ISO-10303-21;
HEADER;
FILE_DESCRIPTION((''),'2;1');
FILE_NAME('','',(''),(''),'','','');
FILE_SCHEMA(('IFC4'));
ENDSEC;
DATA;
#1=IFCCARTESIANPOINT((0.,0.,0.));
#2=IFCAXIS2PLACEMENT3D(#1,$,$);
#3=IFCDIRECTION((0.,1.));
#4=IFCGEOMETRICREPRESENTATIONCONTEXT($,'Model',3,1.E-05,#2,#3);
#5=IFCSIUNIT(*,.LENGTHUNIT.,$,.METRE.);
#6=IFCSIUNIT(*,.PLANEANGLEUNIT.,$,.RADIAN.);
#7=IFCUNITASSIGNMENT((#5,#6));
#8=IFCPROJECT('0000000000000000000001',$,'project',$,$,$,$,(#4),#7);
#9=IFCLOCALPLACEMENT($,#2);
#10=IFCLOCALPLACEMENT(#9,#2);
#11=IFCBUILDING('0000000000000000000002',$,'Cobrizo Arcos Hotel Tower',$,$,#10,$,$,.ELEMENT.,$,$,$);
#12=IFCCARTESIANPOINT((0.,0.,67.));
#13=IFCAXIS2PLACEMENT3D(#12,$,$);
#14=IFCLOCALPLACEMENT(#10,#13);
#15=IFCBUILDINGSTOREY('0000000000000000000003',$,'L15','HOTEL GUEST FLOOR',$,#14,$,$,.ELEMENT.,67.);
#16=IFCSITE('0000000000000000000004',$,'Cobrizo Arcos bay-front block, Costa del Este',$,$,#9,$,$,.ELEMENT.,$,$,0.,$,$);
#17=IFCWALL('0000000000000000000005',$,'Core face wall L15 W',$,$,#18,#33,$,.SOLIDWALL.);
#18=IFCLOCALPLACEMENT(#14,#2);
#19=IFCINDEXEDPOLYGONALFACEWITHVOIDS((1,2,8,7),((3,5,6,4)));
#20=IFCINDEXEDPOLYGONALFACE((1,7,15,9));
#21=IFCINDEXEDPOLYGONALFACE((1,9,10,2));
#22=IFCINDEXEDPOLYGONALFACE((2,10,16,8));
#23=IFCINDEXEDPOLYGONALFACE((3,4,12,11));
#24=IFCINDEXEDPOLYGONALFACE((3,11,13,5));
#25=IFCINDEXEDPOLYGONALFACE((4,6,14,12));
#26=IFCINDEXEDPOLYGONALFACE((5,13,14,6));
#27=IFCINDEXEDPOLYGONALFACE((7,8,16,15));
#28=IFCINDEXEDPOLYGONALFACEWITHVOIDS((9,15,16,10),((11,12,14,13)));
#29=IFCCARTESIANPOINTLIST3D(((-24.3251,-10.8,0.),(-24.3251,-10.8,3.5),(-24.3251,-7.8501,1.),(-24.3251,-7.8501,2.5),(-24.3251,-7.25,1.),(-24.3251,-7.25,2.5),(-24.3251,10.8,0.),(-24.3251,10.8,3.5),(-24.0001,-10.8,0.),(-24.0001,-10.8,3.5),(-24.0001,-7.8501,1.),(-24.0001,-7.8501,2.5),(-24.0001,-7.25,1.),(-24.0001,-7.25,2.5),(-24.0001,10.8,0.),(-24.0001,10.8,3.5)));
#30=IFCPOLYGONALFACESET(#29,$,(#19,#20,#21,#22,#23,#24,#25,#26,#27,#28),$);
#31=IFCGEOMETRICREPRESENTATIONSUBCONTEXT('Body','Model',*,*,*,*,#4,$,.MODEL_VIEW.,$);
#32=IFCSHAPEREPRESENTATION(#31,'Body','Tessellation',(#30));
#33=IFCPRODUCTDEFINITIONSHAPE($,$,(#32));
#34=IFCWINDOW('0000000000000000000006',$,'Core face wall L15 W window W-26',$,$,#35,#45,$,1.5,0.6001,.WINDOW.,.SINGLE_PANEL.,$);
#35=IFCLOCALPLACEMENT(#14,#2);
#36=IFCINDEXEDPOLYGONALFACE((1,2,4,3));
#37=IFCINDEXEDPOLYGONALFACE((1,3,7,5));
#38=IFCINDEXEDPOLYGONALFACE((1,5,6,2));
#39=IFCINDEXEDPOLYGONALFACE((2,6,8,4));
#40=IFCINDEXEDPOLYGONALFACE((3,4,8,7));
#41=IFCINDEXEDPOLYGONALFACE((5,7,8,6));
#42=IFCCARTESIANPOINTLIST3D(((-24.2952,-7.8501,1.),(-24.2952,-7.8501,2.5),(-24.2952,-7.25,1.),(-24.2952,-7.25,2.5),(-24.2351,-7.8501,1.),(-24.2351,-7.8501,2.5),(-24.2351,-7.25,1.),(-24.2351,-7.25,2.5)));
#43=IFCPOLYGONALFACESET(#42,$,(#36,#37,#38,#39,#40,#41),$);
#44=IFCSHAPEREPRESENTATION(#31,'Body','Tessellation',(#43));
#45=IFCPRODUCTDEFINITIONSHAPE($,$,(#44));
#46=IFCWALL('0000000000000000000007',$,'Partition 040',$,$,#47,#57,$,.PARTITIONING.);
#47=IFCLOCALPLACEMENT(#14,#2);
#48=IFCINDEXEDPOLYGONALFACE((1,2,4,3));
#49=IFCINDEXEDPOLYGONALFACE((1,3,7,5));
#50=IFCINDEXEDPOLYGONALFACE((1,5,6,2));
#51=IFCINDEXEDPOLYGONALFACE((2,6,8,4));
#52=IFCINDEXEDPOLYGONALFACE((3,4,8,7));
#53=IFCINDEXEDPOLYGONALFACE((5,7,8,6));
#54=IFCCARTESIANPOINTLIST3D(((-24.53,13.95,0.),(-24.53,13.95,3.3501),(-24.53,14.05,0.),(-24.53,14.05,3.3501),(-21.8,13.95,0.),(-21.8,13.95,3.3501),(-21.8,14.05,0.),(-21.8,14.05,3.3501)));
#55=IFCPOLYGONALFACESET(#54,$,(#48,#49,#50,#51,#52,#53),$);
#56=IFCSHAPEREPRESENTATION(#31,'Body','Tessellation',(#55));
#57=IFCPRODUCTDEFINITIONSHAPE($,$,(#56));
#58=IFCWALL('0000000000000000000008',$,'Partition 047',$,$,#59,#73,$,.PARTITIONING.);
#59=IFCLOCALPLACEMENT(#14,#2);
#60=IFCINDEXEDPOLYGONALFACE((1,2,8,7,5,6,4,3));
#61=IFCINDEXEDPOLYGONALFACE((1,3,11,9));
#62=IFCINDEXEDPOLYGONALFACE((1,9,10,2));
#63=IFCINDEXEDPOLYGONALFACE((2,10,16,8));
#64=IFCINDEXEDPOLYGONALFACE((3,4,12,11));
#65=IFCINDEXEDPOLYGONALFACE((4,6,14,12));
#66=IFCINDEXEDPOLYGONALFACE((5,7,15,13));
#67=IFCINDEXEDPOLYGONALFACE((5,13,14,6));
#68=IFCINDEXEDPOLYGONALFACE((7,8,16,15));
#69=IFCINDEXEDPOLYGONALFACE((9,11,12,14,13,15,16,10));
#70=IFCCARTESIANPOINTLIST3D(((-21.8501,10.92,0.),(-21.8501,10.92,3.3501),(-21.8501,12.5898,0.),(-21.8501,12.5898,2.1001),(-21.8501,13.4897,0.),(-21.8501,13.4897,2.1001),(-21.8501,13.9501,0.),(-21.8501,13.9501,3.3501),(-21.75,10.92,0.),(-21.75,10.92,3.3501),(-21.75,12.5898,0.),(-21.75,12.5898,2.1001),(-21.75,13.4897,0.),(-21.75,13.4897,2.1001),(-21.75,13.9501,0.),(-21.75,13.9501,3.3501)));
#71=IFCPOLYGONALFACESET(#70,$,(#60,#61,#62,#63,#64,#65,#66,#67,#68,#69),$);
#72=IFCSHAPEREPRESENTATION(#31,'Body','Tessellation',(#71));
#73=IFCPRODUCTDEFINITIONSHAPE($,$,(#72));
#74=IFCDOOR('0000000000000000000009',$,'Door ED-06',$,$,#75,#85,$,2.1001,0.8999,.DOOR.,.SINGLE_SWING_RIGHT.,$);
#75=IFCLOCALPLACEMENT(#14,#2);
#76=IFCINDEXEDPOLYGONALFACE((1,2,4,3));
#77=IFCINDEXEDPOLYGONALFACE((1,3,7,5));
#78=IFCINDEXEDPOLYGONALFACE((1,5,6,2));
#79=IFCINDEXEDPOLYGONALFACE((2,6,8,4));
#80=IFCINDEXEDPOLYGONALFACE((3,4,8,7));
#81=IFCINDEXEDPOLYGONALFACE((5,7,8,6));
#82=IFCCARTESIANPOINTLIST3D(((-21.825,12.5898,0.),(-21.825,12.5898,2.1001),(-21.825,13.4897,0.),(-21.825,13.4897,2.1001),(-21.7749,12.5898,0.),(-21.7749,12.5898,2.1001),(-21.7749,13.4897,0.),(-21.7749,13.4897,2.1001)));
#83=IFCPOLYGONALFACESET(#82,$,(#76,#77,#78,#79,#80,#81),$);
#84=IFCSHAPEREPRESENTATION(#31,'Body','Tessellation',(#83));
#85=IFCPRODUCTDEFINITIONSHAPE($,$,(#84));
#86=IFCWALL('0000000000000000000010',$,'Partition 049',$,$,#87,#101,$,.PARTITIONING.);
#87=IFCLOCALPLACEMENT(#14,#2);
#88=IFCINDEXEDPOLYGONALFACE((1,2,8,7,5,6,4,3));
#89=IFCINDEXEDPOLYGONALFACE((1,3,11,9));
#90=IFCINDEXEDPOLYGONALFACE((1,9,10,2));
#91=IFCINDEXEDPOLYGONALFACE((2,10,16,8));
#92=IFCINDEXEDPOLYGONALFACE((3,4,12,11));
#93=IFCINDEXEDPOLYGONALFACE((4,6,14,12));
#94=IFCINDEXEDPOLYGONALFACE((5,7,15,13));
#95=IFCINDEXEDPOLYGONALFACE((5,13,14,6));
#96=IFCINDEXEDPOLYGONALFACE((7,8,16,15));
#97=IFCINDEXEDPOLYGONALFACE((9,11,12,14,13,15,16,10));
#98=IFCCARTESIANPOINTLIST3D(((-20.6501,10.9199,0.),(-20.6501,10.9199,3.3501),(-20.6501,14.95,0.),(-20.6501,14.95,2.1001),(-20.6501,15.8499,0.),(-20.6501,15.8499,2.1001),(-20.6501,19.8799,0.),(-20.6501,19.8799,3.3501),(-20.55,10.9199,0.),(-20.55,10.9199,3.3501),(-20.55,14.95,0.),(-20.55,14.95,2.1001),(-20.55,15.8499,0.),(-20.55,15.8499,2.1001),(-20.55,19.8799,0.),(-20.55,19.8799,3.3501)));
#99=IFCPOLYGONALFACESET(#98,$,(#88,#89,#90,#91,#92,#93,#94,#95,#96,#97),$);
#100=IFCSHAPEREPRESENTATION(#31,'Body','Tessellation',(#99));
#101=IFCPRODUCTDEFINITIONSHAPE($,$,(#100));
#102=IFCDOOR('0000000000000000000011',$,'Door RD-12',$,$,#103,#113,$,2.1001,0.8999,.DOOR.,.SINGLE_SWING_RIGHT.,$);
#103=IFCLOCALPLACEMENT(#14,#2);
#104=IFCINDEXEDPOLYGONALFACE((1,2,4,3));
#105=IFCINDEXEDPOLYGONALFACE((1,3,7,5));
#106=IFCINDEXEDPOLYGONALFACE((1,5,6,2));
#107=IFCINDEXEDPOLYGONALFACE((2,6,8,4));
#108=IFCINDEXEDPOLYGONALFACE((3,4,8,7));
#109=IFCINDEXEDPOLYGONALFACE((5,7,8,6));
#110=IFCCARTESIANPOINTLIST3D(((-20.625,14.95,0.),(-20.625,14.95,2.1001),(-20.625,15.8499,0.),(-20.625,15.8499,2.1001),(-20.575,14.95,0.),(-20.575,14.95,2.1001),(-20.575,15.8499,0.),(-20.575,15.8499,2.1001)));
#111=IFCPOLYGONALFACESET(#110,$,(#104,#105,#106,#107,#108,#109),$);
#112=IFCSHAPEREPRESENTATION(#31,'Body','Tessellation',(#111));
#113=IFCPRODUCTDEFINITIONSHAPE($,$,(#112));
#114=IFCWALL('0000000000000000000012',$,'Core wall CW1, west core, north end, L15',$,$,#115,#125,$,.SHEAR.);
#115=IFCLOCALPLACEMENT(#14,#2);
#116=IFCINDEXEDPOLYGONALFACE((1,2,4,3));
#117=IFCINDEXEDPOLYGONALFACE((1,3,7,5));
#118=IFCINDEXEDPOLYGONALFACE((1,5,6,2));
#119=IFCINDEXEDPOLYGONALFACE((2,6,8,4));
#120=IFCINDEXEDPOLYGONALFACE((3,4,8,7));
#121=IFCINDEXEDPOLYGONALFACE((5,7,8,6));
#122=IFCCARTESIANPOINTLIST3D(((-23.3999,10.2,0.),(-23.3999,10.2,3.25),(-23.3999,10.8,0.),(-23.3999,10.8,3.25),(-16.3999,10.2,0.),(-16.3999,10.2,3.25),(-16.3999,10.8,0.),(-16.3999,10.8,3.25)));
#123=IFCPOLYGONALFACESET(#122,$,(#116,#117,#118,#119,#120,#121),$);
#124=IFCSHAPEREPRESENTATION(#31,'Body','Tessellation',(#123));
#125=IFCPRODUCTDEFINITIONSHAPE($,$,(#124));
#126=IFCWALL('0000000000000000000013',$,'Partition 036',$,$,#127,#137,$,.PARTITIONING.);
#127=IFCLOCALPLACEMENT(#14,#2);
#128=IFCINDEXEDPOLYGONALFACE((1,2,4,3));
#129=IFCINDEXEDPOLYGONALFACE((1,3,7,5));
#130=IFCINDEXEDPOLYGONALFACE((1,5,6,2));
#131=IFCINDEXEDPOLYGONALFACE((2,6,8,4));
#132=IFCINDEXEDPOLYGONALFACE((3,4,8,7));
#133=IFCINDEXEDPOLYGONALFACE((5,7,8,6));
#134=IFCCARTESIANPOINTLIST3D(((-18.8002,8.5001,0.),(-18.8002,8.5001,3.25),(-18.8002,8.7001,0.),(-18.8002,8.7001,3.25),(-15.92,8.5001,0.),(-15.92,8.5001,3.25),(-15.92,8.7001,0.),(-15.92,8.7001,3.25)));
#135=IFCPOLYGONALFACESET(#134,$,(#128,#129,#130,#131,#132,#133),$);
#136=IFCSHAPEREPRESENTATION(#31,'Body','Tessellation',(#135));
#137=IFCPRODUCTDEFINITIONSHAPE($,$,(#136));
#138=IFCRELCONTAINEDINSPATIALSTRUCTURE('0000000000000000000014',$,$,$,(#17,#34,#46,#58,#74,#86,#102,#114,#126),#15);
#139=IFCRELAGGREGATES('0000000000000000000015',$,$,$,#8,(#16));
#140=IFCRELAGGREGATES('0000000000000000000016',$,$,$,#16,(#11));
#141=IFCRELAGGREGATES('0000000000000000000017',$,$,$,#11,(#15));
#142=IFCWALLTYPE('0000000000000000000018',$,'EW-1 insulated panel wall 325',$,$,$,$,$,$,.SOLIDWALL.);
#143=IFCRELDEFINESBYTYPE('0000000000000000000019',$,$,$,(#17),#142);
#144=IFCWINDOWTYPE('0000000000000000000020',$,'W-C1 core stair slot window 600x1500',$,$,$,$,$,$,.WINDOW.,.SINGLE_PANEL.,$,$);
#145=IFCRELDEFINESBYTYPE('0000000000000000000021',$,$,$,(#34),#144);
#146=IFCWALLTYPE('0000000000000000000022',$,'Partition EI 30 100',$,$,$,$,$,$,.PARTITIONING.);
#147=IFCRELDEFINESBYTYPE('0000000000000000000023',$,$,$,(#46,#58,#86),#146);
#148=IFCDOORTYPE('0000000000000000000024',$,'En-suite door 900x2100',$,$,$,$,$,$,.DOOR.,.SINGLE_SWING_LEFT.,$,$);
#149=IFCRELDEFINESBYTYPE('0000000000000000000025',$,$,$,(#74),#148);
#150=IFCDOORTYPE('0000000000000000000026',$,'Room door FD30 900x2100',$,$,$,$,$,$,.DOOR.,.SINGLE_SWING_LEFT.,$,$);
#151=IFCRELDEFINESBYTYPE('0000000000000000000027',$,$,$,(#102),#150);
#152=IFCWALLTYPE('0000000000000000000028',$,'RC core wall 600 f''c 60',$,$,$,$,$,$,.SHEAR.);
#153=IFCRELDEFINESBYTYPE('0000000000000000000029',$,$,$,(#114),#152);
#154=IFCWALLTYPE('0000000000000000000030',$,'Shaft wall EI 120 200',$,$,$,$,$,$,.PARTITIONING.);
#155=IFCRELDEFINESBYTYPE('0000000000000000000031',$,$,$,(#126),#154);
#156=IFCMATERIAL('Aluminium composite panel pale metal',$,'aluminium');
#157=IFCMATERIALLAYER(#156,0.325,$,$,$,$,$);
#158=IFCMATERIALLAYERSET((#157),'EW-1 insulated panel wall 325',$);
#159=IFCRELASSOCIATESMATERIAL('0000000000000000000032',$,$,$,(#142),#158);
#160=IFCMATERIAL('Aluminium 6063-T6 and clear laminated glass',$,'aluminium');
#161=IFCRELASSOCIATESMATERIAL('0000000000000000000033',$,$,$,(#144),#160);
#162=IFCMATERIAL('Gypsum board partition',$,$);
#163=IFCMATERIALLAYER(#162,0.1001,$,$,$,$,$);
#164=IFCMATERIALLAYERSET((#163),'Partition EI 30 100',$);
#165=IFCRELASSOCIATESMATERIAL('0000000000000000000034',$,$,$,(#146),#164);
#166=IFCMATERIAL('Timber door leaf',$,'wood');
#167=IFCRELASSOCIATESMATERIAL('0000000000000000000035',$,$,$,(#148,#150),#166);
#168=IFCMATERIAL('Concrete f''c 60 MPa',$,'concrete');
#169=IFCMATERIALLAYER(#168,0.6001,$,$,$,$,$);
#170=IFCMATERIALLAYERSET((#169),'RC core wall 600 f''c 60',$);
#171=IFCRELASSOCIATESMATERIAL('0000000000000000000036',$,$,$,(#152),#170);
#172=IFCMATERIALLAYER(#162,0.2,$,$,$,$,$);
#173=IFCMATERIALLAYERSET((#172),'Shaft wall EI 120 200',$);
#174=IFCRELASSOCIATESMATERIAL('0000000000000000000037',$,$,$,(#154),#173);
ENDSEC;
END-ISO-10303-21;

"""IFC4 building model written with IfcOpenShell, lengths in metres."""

from ifc_helpers import new_model, si_unit, direction, frame, frame_2d, origin, place, context, subcontext, project, spatial, rectangle, extrude, material, layer, layer_set, type_object, element, fill, save


model = new_model("IFC4")

# Units and contexts
model_context = context("Model", 3, precision=1e-05, world=origin(), true_north=direction((0.0, 1.0)))
body_context = subcontext(model_context, "Body", "Model", "MODEL_VIEW")
ifc_project = project(units=[si_unit("LENGTHUNIT", "METRE"), si_unit("PLANEANGLEUNIT", "RADIAN")], contexts=[model_context])

# Site, building, storey
site_placement = place(None, origin())
site = spatial("IfcSite", under=ifc_project, at=site_placement, Name="Cobrizo Arcos bay-front block, Costa del Este", CompositionType="ELEMENT", RefElevation=0.0)
building_placement = place(site_placement, origin())
building = spatial("IfcBuilding", under=site, at=building_placement, Name="Cobrizo Arcos Hotel Tower", CompositionType="ELEMENT")
storey_placement = place(building_placement, frame((0.0, 0.0, 67.0)))
storey = spatial("IfcBuildingStorey", under=building, at=storey_placement, Name="L15", Description="HOTEL GUEST FLOOR", CompositionType="ELEMENT", Elevation=67.0)

# Shared definitions
ifc_material_1 = material(Name="Aluminium composite panel pale metal", Category="aluminium")

# Shared definitions
ifc_material_2 = material(Name="Gypsum board partition")
ifc_material_3 = material(Name="Timber door leaf", Category="wood")

# Wall, opening, window
ifc_layer_1 = layer(ifc_material_1, 0.325)
ifc_layer_set_1 = layer_set([ifc_layer_1], Name="EW-1 insulated panel wall 325")
wall_type_1 = type_object("IfcWallType", Name="EW-1 insulated panel wall 325", PredefinedType="SOLIDWALL", material=ifc_layer_set_1)
wall_1_placement = place(storey_placement, frame((-24.1626, 10.8, 0.0), z_axis=(0.0, 0.0, 1.0), x_axis=(0.0, -1.0, 0.0)))
wall_1 = element("IfcWall", 1, at=wall_1_placement, inside=storey, type_object=wall_type_1, Name="Core face wall L15 W", PredefinedType="SOLIDWALL", context=body_context, shape_type="SweptSolid", body=[
    extrude(rectangle(XDim=21.6001, YDim=0.325, at=frame_2d((10.8, 0.0))), origin(), (0.0, 0.0, 1.0), 3.5),
])
opening_1_placement = place(wall_1_placement, frame((18.05, 0.0, 1.0)))
opening_1 = element("IfcOpeningElement", 2, at=opening_1_placement, cuts=wall_1, PredefinedType="OPENING", context=body_context, shape_type="SweptSolid", body=[
    extrude(rectangle(XDim=0.6001, YDim=1.5, at=frame_2d((0.3, 0.75))), frame((0.0, 0.1746, 0.0), z_axis=(0.0, -1.0, 0.0), x_axis=(1.0, 0.0, 0.0)), (0.0, 0.0, 1.0), 0.3489),
])
ifc_material_4 = material(Name="Aluminium 6063-T6 and clear laminated glass", Category="aluminium")
window_type = type_object("IfcWindowType", Name="W-C1 core stair slot window 600x1500", PartitioningType="SINGLE_PANEL", PredefinedType="WINDOW", material=ifc_material_4)
window_placement = place(opening_1_placement, origin())
window = element("IfcWindow", 3, at=window_placement, inside=storey, type_object=window_type, Name="Core face wall L15 W window W-26", OverallHeight=1.5, OverallWidth=0.6001, PartitioningType="SINGLE_PANEL", PredefinedType="WINDOW", context=body_context, shape_type="SweptSolid", body=[
    extrude(rectangle(XDim=0.6001, YDim=1.5, at=frame_2d((0.3, 0.75))), frame((0.0, -0.0725, 0.0), z_axis=(0.0, -1.0, 0.0), x_axis=(1.0, 0.0, 0.0)), (0.0, 0.0, 1.0), 0.0601),
])
fill(opening_1, window)

# Wall
ifc_layer_2 = layer(ifc_material_2, 0.1001)
ifc_layer_set_2 = layer_set([ifc_layer_2], Name="Partition EI 30 100")
wall_type_2 = type_object("IfcWallType", Name="Partition EI 30 100", PredefinedType="PARTITIONING", material=ifc_layer_set_2)
wall_2_placement = place(storey_placement, frame((-24.53, 14.0, 0.0), z_axis=(0.0, 0.0, 1.0), x_axis=(1.0, 0.0, 0.0)))
element("IfcWall", 4, at=wall_2_placement, inside=storey, type_object=wall_type_2, Name="Partition 040", PredefinedType="PARTITIONING", context=body_context, shape_type="SweptSolid", body=[
    extrude(rectangle(XDim=2.73, YDim=0.1001, at=frame_2d((1.365, 0.0))), origin(), (0.0, 0.0, 1.0), 3.3501),
])

# Walls, openings, doors
wall_3_placement = place(storey_placement, frame((-21.8, 10.9199, 0.0), z_axis=(0.0, 0.0, 1.0), x_axis=(0.0, 1.0, 0.0)))
wall_3 = element("IfcWall", 5, at=wall_3_placement, inside=storey, type_object=wall_type_2, Name="Partition 047", PredefinedType="PARTITIONING", context=body_context, shape_type="SweptSolid", body=[
    extrude(rectangle(XDim=3.03, YDim=0.1001, at=frame_2d((1.5151, 0.0))), origin(), (0.0, 0.0, 1.0), 3.3501),
])
opening_2_placement = place(wall_3_placement, frame((1.6699, 0.0, 0.0)))
opening_2 = element("IfcOpeningElement", 6, at=opening_2_placement, cuts=wall_3, PredefinedType="OPENING", context=body_context, shape_type="SweptSolid", body=[
    extrude(rectangle(XDim=0.8999, YDim=2.1001, at=frame_2d((0.45, 1.05))), frame((0.0, 0.062, 0.0), z_axis=(0.0, -1.0, 0.0), x_axis=(1.0, 0.0, 0.0)), (0.0, 0.0, 1.0), 0.124),
])
door_type_1 = type_object("IfcDoorType", Name="En-suite door 900x2100", OperationType="SINGLE_SWING_LEFT", PredefinedType="DOOR", material=ifc_material_3)
door_1_placement = place(opening_2_placement, origin())
door_1 = element("IfcDoor", 7, at=door_1_placement, inside=storey, type_object=door_type_1, Name="Door ED-06", OperationType="SINGLE_SWING_RIGHT", OverallHeight=2.1001, OverallWidth=0.8999, PredefinedType="DOOR", context=body_context, shape_type="SweptSolid", body=[
    extrude(rectangle(XDim=0.8999, YDim=2.1001, at=frame_2d((0.45, 1.05))), frame((0.0, 0.0249, 0.0), z_axis=(0.0, -1.0, 0.0), x_axis=(1.0, 0.0, 0.0)), (0.0, 0.0, 1.0), 0.05),
])
fill(opening_2, door_1)
wall_4_placement = place(storey_placement, frame((-20.6001, 10.9199, 0.0), z_axis=(0.0, 0.0, 1.0), x_axis=(0.0, 1.0, 0.0)))
wall_4 = element("IfcWall", 8, at=wall_4_placement, inside=storey, type_object=wall_type_2, Name="Partition 049", PredefinedType="PARTITIONING", context=body_context, shape_type="SweptSolid", body=[
    extrude(rectangle(XDim=8.96, YDim=0.1001, at=frame_2d((4.48, 0.0))), origin(), (0.0, 0.0, 1.0), 3.3501),
])
opening_3_placement = place(wall_4_placement, frame((4.03, 0.0, 0.0)))
opening_3 = element("IfcOpeningElement", 9, at=opening_3_placement, cuts=wall_4, PredefinedType="OPENING", context=body_context, shape_type="SweptSolid", body=[
    extrude(rectangle(XDim=0.8999, YDim=2.1001, at=frame_2d((0.45, 1.05))), frame((0.0, 0.062, 0.0), z_axis=(0.0, -1.0, 0.0), x_axis=(1.0, 0.0, 0.0)), (0.0, 0.0, 1.0), 0.124),
])
door_type_2 = type_object("IfcDoorType", Name="Room door FD30 900x2100", OperationType="SINGLE_SWING_LEFT", PredefinedType="DOOR", material=ifc_material_3)
door_2_placement = place(opening_3_placement, origin())
door_2 = element("IfcDoor", 10, at=door_2_placement, inside=storey, type_object=door_type_2, Name="Door RD-12", OperationType="SINGLE_SWING_RIGHT", OverallHeight=2.1001, OverallWidth=0.8999, PredefinedType="DOOR", context=body_context, shape_type="SweptSolid", body=[
    extrude(rectangle(XDim=0.8999, YDim=2.1001, at=frame_2d((0.45, 1.05))), frame((0.0, 0.0249, 0.0), z_axis=(0.0, -1.0, 0.0), x_axis=(1.0, 0.0, 0.0)), (0.0, 0.0, 1.0), 0.05),
])
fill(opening_3, door_2)

# Walls
ifc_material_5 = material(Name="Concrete f'c 60 MPa", Category="concrete")
ifc_layer_3 = layer(ifc_material_5, 0.6001)
ifc_layer_set_3 = layer_set([ifc_layer_3], Name="RC core wall 600 f'c 60")
wall_type_3 = type_object("IfcWallType", Name="RC core wall 600 f'c 60", PredefinedType="SHEAR", material=ifc_layer_set_3)
wall_5_placement = place(storey_placement, frame((-23.3999, 10.5, 0.0), z_axis=(0.0, 0.0, 1.0), x_axis=(1.0, 0.0, 0.0)))
element("IfcWall", 11, at=wall_5_placement, inside=storey, type_object=wall_type_3, Name="Core wall CW1, west core, north end, L15", PredefinedType="SHEAR", context=body_context, shape_type="SweptSolid", body=[
    extrude(rectangle(XDim=7.0, YDim=0.6001, at=frame_2d((3.5, 0.0))), origin(), (0.0, 0.0, 1.0), 3.25),
])
ifc_layer_4 = layer(ifc_material_2, 0.2)
ifc_layer_set_4 = layer_set([ifc_layer_4], Name="Shaft wall EI 120 200")
wall_type_4 = type_object("IfcWallType", Name="Shaft wall EI 120 200", PredefinedType="PARTITIONING", material=ifc_layer_set_4)
wall_6_placement = place(storey_placement, frame((-18.8, 8.6001, 0.0), z_axis=(0.0, 0.0, 1.0), x_axis=(1.0, 0.0, 0.0)))
element("IfcWall", 12, at=wall_6_placement, inside=storey, type_object=wall_type_4, Name="Partition 036", PredefinedType="PARTITIONING", context=body_context, shape_type="SweptSolid", body=[
    extrude(rectangle(XDim=2.8801, YDim=0.2, at=frame_2d((1.4399, 0.0))), origin(), (0.0, 0.0, 1.0), 3.25),
])

save(model, "model.ifc")
